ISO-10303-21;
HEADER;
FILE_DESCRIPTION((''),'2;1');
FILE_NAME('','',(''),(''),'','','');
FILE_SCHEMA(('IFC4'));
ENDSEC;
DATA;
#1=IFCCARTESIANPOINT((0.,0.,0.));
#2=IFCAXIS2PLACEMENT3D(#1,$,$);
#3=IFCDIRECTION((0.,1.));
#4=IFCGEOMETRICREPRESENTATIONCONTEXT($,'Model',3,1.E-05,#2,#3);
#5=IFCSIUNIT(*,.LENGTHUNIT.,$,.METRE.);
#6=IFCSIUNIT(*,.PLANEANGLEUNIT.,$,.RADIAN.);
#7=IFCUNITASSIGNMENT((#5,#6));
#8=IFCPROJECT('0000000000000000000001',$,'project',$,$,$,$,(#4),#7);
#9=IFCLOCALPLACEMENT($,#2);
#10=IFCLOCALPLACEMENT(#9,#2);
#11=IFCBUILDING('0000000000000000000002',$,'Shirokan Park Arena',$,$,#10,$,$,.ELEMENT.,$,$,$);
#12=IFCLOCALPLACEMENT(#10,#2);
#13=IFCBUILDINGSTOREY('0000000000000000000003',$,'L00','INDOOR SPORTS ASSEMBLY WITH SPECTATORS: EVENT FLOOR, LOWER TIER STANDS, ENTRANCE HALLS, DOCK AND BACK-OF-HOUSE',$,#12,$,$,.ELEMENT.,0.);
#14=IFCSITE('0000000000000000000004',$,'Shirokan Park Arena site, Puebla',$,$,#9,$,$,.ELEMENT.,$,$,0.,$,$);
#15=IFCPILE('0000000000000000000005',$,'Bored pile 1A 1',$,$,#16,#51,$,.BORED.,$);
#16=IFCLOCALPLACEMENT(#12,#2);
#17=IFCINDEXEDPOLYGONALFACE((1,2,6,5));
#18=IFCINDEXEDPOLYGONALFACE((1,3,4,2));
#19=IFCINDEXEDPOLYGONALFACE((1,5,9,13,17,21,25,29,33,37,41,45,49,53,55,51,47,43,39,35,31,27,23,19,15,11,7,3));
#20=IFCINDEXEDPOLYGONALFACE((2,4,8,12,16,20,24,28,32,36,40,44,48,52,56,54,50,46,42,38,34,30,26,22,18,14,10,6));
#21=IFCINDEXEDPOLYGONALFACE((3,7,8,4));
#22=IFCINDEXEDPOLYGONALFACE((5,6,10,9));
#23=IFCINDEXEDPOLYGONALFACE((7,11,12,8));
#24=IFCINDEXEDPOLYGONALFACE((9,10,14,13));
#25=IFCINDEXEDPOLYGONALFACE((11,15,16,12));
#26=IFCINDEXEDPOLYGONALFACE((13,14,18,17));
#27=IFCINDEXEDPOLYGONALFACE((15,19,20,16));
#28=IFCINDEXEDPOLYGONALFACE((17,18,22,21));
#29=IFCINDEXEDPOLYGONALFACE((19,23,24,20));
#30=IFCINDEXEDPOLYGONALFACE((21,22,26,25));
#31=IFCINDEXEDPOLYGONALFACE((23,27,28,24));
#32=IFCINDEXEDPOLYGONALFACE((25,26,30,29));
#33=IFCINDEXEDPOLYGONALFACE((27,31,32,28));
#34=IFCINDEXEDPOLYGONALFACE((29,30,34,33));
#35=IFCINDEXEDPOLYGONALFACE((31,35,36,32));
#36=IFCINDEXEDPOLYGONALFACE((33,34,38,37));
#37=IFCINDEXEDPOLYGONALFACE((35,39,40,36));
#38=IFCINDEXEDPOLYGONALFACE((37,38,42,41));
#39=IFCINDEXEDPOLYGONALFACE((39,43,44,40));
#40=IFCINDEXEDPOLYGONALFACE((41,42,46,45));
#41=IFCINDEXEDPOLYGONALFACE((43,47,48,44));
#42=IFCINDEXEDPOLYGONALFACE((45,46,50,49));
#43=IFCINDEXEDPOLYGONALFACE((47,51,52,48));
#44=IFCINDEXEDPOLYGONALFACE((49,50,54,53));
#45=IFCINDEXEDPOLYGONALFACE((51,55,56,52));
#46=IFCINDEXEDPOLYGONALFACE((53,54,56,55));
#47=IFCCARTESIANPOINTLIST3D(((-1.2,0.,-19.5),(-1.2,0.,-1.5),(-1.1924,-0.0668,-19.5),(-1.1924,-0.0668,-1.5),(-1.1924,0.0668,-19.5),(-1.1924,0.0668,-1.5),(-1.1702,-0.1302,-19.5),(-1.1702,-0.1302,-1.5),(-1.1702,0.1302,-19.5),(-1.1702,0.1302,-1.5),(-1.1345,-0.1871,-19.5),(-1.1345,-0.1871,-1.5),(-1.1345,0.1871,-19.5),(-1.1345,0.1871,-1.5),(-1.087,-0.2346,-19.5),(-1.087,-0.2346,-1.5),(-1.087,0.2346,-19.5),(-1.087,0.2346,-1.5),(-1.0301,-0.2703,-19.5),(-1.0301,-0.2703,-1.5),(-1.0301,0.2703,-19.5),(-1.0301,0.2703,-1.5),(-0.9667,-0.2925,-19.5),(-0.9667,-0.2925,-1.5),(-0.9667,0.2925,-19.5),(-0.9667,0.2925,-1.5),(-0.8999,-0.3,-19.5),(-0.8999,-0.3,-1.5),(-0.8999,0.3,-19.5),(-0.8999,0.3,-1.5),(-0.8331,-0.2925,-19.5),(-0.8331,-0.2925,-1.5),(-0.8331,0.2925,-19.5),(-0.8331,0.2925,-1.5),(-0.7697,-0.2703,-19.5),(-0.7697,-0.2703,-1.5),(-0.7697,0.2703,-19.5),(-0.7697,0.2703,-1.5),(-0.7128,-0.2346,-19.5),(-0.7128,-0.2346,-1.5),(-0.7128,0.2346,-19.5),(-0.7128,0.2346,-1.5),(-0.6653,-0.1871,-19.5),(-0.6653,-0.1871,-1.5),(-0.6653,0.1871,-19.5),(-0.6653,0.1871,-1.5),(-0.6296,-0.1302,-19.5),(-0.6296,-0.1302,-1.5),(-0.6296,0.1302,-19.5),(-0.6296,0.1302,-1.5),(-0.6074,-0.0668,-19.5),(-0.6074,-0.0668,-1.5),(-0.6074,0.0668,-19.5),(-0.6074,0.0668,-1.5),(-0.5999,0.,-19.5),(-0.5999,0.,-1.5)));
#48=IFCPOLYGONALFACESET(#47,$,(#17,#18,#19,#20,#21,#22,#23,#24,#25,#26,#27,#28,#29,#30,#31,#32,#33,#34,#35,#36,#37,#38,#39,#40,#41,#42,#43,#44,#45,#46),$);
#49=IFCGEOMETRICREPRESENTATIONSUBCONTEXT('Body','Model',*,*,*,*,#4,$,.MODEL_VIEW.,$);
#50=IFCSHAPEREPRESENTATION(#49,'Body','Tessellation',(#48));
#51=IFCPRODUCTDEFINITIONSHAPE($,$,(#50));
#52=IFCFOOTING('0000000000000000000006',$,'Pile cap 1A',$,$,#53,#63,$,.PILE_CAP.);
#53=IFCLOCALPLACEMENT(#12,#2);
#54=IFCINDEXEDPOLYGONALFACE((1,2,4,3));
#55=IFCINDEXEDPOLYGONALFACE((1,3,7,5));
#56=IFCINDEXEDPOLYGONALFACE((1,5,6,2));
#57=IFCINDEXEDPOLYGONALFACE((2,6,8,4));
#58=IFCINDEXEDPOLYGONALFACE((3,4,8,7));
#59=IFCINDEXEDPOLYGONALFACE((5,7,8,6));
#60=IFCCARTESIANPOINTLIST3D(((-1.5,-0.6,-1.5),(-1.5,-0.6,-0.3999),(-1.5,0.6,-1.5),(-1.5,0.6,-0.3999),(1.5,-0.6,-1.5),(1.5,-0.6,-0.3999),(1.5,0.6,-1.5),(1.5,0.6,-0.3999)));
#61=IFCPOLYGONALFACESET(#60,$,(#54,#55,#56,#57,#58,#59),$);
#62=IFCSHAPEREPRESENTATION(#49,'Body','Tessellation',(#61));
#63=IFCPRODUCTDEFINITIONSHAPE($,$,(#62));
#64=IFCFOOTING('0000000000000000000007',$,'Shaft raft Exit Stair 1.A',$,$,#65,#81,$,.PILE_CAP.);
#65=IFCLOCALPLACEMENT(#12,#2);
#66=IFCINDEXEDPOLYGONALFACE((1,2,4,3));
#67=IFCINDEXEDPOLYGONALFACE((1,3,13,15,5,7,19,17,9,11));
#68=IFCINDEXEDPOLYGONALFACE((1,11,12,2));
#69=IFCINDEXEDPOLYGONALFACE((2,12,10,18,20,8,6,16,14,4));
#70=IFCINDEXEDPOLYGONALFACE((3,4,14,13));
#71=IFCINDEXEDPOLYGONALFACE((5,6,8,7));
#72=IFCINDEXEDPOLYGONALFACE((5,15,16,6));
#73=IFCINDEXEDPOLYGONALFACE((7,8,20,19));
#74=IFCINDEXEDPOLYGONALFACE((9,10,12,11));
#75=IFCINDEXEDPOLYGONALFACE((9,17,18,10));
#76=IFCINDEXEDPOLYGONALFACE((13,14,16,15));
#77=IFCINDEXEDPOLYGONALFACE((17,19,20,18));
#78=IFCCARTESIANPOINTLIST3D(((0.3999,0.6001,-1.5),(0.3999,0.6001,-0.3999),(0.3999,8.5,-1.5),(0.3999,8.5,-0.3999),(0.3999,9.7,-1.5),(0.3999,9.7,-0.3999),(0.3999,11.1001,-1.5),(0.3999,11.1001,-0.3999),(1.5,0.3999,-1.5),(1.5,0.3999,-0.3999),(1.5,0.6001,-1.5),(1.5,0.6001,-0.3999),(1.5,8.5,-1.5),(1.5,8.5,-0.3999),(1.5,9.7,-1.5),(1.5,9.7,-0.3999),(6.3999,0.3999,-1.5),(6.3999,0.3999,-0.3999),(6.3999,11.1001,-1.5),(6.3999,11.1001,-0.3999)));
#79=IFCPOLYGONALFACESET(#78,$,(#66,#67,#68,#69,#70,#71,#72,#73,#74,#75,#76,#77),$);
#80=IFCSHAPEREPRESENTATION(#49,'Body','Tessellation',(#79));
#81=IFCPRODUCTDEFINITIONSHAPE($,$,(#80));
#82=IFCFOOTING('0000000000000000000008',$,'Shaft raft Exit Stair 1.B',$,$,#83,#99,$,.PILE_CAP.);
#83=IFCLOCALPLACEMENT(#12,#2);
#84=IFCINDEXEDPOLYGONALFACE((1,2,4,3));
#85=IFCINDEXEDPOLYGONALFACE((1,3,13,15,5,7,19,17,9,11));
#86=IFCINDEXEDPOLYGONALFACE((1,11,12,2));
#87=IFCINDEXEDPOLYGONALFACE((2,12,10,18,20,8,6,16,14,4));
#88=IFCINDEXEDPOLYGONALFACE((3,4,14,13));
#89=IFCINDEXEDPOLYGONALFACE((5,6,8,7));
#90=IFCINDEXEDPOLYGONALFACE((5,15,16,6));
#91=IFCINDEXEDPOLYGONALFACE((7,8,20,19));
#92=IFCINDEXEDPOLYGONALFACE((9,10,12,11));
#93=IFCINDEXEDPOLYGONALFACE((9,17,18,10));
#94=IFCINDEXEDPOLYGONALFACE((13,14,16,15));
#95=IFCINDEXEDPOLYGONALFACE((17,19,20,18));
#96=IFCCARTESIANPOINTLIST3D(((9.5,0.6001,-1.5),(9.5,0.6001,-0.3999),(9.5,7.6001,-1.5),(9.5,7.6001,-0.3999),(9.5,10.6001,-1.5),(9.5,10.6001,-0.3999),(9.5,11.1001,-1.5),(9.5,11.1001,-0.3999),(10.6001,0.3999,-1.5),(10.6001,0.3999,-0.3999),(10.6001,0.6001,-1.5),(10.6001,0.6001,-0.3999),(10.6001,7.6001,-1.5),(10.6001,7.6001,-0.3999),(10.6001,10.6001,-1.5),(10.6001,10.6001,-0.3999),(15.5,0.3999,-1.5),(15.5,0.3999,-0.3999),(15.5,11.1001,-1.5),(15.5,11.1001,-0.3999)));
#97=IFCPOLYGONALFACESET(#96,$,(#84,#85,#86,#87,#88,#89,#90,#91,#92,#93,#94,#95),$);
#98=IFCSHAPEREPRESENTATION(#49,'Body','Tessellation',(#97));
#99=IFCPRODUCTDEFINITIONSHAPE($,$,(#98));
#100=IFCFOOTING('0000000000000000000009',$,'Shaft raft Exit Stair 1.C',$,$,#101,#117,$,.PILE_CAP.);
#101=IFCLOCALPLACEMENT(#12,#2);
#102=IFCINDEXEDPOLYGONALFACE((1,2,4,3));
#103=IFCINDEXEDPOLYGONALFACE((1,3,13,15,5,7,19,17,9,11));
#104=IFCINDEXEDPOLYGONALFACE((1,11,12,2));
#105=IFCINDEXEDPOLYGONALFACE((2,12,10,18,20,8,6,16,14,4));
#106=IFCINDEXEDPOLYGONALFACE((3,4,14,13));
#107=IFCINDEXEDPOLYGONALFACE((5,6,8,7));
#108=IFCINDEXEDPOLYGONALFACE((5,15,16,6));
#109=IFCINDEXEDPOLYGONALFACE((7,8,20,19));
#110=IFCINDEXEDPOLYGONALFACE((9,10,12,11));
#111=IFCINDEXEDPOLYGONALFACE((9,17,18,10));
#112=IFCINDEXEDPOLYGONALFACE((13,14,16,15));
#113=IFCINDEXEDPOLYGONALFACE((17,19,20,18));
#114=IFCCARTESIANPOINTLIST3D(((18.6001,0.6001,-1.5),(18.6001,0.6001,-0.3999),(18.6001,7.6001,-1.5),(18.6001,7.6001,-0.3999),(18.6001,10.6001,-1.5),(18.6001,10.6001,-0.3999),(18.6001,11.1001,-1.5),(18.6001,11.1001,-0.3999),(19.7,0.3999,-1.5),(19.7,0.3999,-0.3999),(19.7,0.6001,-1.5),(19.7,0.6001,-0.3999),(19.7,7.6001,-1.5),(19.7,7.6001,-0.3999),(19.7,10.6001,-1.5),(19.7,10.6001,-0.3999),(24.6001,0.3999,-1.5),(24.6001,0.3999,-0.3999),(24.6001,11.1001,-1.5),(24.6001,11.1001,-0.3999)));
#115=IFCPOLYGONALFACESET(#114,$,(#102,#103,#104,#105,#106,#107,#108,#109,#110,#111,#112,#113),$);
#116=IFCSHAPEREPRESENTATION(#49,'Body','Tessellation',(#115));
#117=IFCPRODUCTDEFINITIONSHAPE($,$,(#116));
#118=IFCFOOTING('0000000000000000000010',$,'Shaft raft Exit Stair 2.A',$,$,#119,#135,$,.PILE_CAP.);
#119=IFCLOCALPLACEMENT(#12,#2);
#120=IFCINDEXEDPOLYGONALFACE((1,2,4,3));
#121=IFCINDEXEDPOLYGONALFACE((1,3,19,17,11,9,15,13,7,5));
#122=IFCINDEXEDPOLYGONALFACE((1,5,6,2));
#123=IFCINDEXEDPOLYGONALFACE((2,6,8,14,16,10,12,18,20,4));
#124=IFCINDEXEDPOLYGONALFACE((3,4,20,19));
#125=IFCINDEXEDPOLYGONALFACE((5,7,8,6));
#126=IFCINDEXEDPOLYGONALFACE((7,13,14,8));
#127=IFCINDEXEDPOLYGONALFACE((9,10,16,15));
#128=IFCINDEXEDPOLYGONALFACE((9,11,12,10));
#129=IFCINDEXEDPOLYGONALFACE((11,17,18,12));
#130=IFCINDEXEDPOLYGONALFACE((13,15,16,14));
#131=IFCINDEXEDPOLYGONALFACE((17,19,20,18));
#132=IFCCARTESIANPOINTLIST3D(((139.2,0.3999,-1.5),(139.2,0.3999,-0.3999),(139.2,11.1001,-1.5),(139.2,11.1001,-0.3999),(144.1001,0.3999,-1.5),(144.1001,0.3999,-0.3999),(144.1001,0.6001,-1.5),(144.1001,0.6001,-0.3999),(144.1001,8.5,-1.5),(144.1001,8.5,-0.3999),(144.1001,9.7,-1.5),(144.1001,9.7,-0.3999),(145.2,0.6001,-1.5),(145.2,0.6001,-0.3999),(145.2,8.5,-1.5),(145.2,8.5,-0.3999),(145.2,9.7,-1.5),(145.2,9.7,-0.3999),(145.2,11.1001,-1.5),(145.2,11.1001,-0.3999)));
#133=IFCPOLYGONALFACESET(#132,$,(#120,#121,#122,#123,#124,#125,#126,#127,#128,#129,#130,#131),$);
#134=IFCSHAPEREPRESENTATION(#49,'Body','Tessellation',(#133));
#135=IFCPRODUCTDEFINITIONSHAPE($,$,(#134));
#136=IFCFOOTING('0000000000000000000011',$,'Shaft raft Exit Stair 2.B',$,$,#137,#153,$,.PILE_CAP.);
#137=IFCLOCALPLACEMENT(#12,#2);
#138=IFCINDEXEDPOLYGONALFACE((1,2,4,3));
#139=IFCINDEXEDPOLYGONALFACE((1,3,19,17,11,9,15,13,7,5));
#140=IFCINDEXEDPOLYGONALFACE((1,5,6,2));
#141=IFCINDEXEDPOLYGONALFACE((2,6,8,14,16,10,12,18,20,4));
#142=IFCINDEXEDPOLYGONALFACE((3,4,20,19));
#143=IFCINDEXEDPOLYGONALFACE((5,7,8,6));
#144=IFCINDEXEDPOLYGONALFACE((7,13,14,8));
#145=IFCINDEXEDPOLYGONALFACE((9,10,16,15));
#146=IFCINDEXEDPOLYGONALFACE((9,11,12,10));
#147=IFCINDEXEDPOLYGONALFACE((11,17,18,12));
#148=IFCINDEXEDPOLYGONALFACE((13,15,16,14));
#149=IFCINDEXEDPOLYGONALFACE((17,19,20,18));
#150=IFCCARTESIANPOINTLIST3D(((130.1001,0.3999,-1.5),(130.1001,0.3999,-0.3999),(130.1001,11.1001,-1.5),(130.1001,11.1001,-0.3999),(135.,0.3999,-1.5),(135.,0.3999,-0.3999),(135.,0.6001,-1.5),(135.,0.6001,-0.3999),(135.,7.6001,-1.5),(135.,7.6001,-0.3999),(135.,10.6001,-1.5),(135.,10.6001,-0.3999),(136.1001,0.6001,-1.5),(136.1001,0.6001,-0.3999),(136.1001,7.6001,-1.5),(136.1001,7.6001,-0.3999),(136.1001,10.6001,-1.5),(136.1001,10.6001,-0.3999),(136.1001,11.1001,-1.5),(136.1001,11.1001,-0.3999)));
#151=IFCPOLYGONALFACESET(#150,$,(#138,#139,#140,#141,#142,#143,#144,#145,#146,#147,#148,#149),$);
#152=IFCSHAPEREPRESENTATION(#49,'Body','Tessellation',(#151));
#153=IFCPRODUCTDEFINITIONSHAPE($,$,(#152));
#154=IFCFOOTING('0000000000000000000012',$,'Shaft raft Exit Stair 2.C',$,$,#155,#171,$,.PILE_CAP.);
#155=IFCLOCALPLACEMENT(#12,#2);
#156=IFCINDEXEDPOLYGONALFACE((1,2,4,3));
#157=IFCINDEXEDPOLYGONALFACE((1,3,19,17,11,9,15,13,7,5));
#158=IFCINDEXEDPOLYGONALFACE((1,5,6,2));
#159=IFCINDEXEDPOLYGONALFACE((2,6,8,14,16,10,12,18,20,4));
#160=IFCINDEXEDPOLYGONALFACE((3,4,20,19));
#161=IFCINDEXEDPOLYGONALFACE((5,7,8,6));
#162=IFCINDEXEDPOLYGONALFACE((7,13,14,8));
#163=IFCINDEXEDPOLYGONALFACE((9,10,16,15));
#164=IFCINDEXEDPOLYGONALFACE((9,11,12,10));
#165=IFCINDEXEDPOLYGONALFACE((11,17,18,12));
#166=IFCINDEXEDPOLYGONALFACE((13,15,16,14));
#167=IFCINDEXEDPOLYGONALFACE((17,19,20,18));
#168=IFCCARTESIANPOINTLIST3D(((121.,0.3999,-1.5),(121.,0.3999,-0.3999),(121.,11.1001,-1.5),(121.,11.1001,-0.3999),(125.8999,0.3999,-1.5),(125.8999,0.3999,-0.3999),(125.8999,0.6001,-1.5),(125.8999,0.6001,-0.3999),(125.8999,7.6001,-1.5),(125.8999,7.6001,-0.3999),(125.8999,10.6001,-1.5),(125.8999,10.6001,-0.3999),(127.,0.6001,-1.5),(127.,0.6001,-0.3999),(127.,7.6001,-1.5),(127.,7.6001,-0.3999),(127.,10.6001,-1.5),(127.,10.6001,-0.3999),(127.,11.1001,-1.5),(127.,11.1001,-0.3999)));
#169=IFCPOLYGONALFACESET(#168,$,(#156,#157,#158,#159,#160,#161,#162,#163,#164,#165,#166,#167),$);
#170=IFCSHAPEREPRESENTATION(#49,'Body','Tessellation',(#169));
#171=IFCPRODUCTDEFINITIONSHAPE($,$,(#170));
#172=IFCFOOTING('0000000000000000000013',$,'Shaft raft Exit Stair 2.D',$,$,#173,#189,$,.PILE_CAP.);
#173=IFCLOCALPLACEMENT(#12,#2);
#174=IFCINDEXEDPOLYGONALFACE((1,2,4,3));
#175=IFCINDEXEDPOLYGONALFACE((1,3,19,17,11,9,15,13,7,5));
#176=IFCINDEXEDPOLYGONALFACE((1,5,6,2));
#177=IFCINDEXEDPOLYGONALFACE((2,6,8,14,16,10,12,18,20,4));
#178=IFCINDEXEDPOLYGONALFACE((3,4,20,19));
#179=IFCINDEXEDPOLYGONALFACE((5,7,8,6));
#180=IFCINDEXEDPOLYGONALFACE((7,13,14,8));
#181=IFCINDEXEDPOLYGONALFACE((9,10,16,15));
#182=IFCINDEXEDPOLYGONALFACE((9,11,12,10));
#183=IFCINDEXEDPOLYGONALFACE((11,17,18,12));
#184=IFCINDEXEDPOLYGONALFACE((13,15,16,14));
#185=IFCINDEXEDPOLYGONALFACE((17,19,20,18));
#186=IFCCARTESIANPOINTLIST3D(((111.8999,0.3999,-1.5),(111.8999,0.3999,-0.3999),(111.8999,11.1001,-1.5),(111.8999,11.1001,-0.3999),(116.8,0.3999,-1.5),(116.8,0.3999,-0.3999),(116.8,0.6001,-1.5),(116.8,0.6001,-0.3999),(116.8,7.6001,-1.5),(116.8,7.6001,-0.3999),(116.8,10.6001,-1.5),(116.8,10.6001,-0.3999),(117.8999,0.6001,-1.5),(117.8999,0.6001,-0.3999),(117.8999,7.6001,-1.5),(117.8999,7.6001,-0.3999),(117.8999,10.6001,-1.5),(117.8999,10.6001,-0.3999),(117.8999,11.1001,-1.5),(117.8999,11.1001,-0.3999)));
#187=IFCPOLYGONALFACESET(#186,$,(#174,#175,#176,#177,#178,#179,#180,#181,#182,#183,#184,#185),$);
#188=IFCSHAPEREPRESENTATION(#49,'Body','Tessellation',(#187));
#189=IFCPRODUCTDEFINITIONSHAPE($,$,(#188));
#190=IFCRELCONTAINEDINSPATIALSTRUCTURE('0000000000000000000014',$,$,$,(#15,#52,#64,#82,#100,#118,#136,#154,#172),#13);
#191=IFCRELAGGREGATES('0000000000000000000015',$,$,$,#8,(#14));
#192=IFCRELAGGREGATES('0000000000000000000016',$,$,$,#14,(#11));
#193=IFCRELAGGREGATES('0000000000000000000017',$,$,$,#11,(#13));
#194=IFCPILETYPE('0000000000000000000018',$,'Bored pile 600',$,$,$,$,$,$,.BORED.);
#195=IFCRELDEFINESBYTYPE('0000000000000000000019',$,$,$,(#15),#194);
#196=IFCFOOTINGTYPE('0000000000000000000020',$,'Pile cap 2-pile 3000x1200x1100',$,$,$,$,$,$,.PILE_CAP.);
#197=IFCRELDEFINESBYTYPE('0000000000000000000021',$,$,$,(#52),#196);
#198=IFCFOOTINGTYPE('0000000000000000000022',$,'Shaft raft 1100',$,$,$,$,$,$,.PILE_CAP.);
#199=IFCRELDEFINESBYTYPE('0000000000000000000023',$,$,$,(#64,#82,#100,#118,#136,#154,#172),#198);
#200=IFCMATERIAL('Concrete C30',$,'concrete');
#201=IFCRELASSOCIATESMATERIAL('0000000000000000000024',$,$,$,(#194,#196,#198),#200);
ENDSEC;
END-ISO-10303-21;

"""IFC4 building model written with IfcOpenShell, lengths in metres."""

from ifc_helpers import new_model, si_unit, direction, frame, origin, origin_2d, place, context, subcontext, project, spatial, polyline, rectangle, circle, outline, extrude, material, material_profile, profile_set, type_object, element, save


model = new_model("IFC4")

# Units and contexts
model_context = context("Model", 3, precision=1e-05, world=origin(), true_north=direction((0.0, 1.0)))
body_context = subcontext(model_context, "Body", "Model", "MODEL_VIEW")
ifc_project = project(units=[si_unit("LENGTHUNIT", "METRE"), si_unit("PLANEANGLEUNIT", "RADIAN")], contexts=[model_context])

# Site, building, storey
site_placement = place(None, origin())
site = spatial("IfcSite", under=ifc_project, at=site_placement, Name="Shirokan Park Arena site, Puebla", CompositionType="ELEMENT", RefElevation=0.0)
building_placement = place(site_placement, origin())
building = spatial("IfcBuilding", under=site, at=building_placement, Name="Shirokan Park Arena", CompositionType="ELEMENT")
storey_placement = place(building_placement, origin())
storey = spatial("IfcBuildingStorey", under=building, at=storey_placement, Name="L00", Description="INDOOR SPORTS ASSEMBLY WITH SPECTATORS: EVENT FLOOR, LOWER TIER STANDS, ENTRANCE HALLS, DOCK AND BACK-OF-HOUSE", CompositionType="ELEMENT", Elevation=0.0)

# Pile
ifc_material = material(Name="Concrete C30", Category="concrete")
ifc_material_profile = material_profile(ifc_material, circle(Radius=0.3, at=origin_2d()), Name="D600")
ifc_profile_set = profile_set([ifc_material_profile], Name="Concrete C30")
pile_type = type_object("IfcPileType", Name="Bored pile 600", PredefinedType="BORED", material=ifc_profile_set)
pile_placement = place(storey_placement, frame((-0.8999, 0.0, -1.5), z_axis=(0.0, 0.0, -1.0), x_axis=(1.0, 0.0, 0.0)))
element("IfcPile", 1, at=pile_placement, inside=storey, type_object=pile_type, Name="Bored pile 1A 1", PredefinedType="BORED", context=body_context, shape_type="SweptSolid", body=[
    extrude(circle(Radius=0.3, at=origin_2d()), origin(), (0.0, 0.0, 1.0), 18.0),
])

# Footings
footing_type_1 = type_object("IfcFootingType", Name="Pile cap 2-pile 3000x1200x1100", PredefinedType="PILE_CAP", material=ifc_material)
footing_1_placement = place(storey_placement, frame((0.0, 0.0, -1.5), z_axis=(0.0, 0.0, 1.0), x_axis=(1.0, 0.0, 0.0)))
element("IfcFooting", 2, at=footing_1_placement, inside=storey, type_object=footing_type_1, Name="Pile cap 1A", PredefinedType="PILE_CAP", context=body_context, shape_type="SweptSolid", body=[
    extrude(rectangle(XDim=3.0, YDim=1.2, at=origin_2d()), origin(), (0.0, 0.0, 1.0), 1.1001),
])
footing_type_2 = type_object("IfcFootingType", Name="Shaft raft 1100", PredefinedType="PILE_CAP", material=ifc_material)
footing_2_placement = place(storey_placement, frame((0.0, 0.0, -1.5)))
element("IfcFooting", 3, at=footing_2_placement, inside=storey, type_object=footing_type_2, Name="Shaft raft Exit Stair 1.A", PredefinedType="PILE_CAP", context=body_context, shape_type="SweptSolid", body=[
    extrude(outline(polyline([(1.5, 9.7), (0.3999, 9.7), (0.3999, 11.1001), (6.3999, 11.1001), (6.3999, 0.3999), (1.5, 0.3999), (1.5, 0.6001), (0.3999, 0.6001), (0.3999, 8.5), (1.5, 8.5), (1.5, 9.7)])), origin(), (0.0, 0.0, 1.0), 1.1001),
])
footing_3_placement = place(storey_placement, frame((0.0, 0.0, -1.5)))
element("IfcFooting", 4, at=footing_3_placement, inside=storey, type_object=footing_type_2, Name="Shaft raft Exit Stair 1.B", PredefinedType="PILE_CAP", context=body_context, shape_type="SweptSolid", body=[
    extrude(outline(polyline([(9.5, 7.6001), (10.6001, 7.6001), (10.6001, 10.6001), (9.5, 10.6001), (9.5, 11.1001), (15.5, 11.1001), (15.5, 0.3999), (10.6001, 0.3999), (10.6001, 0.6001), (9.5, 0.6001), (9.5, 7.6001)])), origin(), (0.0, 0.0, 1.0), 1.1001),
])
footing_4_placement = place(storey_placement, frame((0.0, 0.0, -1.5)))
element("IfcFooting", 5, at=footing_4_placement, inside=storey, type_object=footing_type_2, Name="Shaft raft Exit Stair 1.C", PredefinedType="PILE_CAP", context=body_context, shape_type="SweptSolid", body=[
    extrude(outline(polyline([(18.6001, 0.6001), (18.6001, 7.6001), (19.7, 7.6001), (19.7, 10.6001), (18.6001, 10.6001), (18.6001, 11.1001), (24.6001, 11.1001), (24.6001, 0.3999), (19.7, 0.3999), (19.7, 0.6001), (18.6001, 0.6001)])), origin(), (0.0, 0.0, 1.0), 1.1001),
])
footing_5_placement = place(storey_placement, frame((0.0, 0.0, -1.5)))
element("IfcFooting", 6, at=footing_5_placement, inside=storey, type_object=footing_type_2, Name="Shaft raft Exit Stair 2.A", PredefinedType="PILE_CAP", context=body_context, shape_type="SweptSolid", body=[
    extrude(outline(polyline([(139.2, 11.1001), (145.2, 11.1001), (145.2, 9.7), (144.1001, 9.7), (144.1001, 8.5), (145.2, 8.5), (145.2, 0.6001), (144.1001, 0.6001), (144.1001, 0.3999), (139.2, 0.3999), (139.2, 11.1001)])), origin(), (0.0, 0.0, 1.0), 1.1001),
])
footing_6_placement = place(storey_placement, frame((0.0, 0.0, -1.5)))
element("IfcFooting", 7, at=footing_6_placement, inside=storey, type_object=footing_type_2, Name="Shaft raft Exit Stair 2.B", PredefinedType="PILE_CAP", context=body_context, shape_type="SweptSolid", body=[
    extrude(outline(polyline([(130.1001, 0.3999), (130.1001, 11.1001), (136.1001, 11.1001), (136.1001, 10.6001), (135.0, 10.6001), (135.0, 7.6001), (136.1001, 7.6001), (136.1001, 0.6001), (135.0, 0.6001), (135.0, 0.3999), (130.1001, 0.3999)])), origin(), (0.0, 0.0, 1.0), 1.1001),
])
footing_7_placement = place(storey_placement, frame((0.0, 0.0, -1.5)))
element("IfcFooting", 8, at=footing_7_placement, inside=storey, type_object=footing_type_2, Name="Shaft raft Exit Stair 2.C", PredefinedType="PILE_CAP", context=body_context, shape_type="SweptSolid", body=[
    extrude(outline(polyline([(127.0, 10.6001), (125.8999, 10.6001), (125.8999, 7.6001), (127.0, 7.6001), (127.0, 0.6001), (125.8999, 0.6001), (125.8999, 0.3999), (121.0, 0.3999), (121.0, 11.1001), (127.0, 11.1001), (127.0, 10.6001)])), origin(), (0.0, 0.0, 1.0), 1.1001),
])
footing_8_placement = place(storey_placement, frame((0.0, 0.0, -1.5)))
element("IfcFooting", 9, at=footing_8_placement, inside=storey, type_object=footing_type_2, Name="Shaft raft Exit Stair 2.D", PredefinedType="PILE_CAP", context=body_context, shape_type="SweptSolid", body=[
    extrude(outline(polyline([(117.8999, 7.6001), (117.8999, 0.6001), (116.8, 0.6001), (116.8, 0.3999), (111.8999, 0.3999), (111.8999, 11.1001), (117.8999, 11.1001), (117.8999, 10.6001), (116.8, 10.6001), (116.8, 7.6001), (117.8999, 7.6001)])), origin(), (0.0, 0.0, 1.0), 1.1001),
])

save(model, "model.ifc")
